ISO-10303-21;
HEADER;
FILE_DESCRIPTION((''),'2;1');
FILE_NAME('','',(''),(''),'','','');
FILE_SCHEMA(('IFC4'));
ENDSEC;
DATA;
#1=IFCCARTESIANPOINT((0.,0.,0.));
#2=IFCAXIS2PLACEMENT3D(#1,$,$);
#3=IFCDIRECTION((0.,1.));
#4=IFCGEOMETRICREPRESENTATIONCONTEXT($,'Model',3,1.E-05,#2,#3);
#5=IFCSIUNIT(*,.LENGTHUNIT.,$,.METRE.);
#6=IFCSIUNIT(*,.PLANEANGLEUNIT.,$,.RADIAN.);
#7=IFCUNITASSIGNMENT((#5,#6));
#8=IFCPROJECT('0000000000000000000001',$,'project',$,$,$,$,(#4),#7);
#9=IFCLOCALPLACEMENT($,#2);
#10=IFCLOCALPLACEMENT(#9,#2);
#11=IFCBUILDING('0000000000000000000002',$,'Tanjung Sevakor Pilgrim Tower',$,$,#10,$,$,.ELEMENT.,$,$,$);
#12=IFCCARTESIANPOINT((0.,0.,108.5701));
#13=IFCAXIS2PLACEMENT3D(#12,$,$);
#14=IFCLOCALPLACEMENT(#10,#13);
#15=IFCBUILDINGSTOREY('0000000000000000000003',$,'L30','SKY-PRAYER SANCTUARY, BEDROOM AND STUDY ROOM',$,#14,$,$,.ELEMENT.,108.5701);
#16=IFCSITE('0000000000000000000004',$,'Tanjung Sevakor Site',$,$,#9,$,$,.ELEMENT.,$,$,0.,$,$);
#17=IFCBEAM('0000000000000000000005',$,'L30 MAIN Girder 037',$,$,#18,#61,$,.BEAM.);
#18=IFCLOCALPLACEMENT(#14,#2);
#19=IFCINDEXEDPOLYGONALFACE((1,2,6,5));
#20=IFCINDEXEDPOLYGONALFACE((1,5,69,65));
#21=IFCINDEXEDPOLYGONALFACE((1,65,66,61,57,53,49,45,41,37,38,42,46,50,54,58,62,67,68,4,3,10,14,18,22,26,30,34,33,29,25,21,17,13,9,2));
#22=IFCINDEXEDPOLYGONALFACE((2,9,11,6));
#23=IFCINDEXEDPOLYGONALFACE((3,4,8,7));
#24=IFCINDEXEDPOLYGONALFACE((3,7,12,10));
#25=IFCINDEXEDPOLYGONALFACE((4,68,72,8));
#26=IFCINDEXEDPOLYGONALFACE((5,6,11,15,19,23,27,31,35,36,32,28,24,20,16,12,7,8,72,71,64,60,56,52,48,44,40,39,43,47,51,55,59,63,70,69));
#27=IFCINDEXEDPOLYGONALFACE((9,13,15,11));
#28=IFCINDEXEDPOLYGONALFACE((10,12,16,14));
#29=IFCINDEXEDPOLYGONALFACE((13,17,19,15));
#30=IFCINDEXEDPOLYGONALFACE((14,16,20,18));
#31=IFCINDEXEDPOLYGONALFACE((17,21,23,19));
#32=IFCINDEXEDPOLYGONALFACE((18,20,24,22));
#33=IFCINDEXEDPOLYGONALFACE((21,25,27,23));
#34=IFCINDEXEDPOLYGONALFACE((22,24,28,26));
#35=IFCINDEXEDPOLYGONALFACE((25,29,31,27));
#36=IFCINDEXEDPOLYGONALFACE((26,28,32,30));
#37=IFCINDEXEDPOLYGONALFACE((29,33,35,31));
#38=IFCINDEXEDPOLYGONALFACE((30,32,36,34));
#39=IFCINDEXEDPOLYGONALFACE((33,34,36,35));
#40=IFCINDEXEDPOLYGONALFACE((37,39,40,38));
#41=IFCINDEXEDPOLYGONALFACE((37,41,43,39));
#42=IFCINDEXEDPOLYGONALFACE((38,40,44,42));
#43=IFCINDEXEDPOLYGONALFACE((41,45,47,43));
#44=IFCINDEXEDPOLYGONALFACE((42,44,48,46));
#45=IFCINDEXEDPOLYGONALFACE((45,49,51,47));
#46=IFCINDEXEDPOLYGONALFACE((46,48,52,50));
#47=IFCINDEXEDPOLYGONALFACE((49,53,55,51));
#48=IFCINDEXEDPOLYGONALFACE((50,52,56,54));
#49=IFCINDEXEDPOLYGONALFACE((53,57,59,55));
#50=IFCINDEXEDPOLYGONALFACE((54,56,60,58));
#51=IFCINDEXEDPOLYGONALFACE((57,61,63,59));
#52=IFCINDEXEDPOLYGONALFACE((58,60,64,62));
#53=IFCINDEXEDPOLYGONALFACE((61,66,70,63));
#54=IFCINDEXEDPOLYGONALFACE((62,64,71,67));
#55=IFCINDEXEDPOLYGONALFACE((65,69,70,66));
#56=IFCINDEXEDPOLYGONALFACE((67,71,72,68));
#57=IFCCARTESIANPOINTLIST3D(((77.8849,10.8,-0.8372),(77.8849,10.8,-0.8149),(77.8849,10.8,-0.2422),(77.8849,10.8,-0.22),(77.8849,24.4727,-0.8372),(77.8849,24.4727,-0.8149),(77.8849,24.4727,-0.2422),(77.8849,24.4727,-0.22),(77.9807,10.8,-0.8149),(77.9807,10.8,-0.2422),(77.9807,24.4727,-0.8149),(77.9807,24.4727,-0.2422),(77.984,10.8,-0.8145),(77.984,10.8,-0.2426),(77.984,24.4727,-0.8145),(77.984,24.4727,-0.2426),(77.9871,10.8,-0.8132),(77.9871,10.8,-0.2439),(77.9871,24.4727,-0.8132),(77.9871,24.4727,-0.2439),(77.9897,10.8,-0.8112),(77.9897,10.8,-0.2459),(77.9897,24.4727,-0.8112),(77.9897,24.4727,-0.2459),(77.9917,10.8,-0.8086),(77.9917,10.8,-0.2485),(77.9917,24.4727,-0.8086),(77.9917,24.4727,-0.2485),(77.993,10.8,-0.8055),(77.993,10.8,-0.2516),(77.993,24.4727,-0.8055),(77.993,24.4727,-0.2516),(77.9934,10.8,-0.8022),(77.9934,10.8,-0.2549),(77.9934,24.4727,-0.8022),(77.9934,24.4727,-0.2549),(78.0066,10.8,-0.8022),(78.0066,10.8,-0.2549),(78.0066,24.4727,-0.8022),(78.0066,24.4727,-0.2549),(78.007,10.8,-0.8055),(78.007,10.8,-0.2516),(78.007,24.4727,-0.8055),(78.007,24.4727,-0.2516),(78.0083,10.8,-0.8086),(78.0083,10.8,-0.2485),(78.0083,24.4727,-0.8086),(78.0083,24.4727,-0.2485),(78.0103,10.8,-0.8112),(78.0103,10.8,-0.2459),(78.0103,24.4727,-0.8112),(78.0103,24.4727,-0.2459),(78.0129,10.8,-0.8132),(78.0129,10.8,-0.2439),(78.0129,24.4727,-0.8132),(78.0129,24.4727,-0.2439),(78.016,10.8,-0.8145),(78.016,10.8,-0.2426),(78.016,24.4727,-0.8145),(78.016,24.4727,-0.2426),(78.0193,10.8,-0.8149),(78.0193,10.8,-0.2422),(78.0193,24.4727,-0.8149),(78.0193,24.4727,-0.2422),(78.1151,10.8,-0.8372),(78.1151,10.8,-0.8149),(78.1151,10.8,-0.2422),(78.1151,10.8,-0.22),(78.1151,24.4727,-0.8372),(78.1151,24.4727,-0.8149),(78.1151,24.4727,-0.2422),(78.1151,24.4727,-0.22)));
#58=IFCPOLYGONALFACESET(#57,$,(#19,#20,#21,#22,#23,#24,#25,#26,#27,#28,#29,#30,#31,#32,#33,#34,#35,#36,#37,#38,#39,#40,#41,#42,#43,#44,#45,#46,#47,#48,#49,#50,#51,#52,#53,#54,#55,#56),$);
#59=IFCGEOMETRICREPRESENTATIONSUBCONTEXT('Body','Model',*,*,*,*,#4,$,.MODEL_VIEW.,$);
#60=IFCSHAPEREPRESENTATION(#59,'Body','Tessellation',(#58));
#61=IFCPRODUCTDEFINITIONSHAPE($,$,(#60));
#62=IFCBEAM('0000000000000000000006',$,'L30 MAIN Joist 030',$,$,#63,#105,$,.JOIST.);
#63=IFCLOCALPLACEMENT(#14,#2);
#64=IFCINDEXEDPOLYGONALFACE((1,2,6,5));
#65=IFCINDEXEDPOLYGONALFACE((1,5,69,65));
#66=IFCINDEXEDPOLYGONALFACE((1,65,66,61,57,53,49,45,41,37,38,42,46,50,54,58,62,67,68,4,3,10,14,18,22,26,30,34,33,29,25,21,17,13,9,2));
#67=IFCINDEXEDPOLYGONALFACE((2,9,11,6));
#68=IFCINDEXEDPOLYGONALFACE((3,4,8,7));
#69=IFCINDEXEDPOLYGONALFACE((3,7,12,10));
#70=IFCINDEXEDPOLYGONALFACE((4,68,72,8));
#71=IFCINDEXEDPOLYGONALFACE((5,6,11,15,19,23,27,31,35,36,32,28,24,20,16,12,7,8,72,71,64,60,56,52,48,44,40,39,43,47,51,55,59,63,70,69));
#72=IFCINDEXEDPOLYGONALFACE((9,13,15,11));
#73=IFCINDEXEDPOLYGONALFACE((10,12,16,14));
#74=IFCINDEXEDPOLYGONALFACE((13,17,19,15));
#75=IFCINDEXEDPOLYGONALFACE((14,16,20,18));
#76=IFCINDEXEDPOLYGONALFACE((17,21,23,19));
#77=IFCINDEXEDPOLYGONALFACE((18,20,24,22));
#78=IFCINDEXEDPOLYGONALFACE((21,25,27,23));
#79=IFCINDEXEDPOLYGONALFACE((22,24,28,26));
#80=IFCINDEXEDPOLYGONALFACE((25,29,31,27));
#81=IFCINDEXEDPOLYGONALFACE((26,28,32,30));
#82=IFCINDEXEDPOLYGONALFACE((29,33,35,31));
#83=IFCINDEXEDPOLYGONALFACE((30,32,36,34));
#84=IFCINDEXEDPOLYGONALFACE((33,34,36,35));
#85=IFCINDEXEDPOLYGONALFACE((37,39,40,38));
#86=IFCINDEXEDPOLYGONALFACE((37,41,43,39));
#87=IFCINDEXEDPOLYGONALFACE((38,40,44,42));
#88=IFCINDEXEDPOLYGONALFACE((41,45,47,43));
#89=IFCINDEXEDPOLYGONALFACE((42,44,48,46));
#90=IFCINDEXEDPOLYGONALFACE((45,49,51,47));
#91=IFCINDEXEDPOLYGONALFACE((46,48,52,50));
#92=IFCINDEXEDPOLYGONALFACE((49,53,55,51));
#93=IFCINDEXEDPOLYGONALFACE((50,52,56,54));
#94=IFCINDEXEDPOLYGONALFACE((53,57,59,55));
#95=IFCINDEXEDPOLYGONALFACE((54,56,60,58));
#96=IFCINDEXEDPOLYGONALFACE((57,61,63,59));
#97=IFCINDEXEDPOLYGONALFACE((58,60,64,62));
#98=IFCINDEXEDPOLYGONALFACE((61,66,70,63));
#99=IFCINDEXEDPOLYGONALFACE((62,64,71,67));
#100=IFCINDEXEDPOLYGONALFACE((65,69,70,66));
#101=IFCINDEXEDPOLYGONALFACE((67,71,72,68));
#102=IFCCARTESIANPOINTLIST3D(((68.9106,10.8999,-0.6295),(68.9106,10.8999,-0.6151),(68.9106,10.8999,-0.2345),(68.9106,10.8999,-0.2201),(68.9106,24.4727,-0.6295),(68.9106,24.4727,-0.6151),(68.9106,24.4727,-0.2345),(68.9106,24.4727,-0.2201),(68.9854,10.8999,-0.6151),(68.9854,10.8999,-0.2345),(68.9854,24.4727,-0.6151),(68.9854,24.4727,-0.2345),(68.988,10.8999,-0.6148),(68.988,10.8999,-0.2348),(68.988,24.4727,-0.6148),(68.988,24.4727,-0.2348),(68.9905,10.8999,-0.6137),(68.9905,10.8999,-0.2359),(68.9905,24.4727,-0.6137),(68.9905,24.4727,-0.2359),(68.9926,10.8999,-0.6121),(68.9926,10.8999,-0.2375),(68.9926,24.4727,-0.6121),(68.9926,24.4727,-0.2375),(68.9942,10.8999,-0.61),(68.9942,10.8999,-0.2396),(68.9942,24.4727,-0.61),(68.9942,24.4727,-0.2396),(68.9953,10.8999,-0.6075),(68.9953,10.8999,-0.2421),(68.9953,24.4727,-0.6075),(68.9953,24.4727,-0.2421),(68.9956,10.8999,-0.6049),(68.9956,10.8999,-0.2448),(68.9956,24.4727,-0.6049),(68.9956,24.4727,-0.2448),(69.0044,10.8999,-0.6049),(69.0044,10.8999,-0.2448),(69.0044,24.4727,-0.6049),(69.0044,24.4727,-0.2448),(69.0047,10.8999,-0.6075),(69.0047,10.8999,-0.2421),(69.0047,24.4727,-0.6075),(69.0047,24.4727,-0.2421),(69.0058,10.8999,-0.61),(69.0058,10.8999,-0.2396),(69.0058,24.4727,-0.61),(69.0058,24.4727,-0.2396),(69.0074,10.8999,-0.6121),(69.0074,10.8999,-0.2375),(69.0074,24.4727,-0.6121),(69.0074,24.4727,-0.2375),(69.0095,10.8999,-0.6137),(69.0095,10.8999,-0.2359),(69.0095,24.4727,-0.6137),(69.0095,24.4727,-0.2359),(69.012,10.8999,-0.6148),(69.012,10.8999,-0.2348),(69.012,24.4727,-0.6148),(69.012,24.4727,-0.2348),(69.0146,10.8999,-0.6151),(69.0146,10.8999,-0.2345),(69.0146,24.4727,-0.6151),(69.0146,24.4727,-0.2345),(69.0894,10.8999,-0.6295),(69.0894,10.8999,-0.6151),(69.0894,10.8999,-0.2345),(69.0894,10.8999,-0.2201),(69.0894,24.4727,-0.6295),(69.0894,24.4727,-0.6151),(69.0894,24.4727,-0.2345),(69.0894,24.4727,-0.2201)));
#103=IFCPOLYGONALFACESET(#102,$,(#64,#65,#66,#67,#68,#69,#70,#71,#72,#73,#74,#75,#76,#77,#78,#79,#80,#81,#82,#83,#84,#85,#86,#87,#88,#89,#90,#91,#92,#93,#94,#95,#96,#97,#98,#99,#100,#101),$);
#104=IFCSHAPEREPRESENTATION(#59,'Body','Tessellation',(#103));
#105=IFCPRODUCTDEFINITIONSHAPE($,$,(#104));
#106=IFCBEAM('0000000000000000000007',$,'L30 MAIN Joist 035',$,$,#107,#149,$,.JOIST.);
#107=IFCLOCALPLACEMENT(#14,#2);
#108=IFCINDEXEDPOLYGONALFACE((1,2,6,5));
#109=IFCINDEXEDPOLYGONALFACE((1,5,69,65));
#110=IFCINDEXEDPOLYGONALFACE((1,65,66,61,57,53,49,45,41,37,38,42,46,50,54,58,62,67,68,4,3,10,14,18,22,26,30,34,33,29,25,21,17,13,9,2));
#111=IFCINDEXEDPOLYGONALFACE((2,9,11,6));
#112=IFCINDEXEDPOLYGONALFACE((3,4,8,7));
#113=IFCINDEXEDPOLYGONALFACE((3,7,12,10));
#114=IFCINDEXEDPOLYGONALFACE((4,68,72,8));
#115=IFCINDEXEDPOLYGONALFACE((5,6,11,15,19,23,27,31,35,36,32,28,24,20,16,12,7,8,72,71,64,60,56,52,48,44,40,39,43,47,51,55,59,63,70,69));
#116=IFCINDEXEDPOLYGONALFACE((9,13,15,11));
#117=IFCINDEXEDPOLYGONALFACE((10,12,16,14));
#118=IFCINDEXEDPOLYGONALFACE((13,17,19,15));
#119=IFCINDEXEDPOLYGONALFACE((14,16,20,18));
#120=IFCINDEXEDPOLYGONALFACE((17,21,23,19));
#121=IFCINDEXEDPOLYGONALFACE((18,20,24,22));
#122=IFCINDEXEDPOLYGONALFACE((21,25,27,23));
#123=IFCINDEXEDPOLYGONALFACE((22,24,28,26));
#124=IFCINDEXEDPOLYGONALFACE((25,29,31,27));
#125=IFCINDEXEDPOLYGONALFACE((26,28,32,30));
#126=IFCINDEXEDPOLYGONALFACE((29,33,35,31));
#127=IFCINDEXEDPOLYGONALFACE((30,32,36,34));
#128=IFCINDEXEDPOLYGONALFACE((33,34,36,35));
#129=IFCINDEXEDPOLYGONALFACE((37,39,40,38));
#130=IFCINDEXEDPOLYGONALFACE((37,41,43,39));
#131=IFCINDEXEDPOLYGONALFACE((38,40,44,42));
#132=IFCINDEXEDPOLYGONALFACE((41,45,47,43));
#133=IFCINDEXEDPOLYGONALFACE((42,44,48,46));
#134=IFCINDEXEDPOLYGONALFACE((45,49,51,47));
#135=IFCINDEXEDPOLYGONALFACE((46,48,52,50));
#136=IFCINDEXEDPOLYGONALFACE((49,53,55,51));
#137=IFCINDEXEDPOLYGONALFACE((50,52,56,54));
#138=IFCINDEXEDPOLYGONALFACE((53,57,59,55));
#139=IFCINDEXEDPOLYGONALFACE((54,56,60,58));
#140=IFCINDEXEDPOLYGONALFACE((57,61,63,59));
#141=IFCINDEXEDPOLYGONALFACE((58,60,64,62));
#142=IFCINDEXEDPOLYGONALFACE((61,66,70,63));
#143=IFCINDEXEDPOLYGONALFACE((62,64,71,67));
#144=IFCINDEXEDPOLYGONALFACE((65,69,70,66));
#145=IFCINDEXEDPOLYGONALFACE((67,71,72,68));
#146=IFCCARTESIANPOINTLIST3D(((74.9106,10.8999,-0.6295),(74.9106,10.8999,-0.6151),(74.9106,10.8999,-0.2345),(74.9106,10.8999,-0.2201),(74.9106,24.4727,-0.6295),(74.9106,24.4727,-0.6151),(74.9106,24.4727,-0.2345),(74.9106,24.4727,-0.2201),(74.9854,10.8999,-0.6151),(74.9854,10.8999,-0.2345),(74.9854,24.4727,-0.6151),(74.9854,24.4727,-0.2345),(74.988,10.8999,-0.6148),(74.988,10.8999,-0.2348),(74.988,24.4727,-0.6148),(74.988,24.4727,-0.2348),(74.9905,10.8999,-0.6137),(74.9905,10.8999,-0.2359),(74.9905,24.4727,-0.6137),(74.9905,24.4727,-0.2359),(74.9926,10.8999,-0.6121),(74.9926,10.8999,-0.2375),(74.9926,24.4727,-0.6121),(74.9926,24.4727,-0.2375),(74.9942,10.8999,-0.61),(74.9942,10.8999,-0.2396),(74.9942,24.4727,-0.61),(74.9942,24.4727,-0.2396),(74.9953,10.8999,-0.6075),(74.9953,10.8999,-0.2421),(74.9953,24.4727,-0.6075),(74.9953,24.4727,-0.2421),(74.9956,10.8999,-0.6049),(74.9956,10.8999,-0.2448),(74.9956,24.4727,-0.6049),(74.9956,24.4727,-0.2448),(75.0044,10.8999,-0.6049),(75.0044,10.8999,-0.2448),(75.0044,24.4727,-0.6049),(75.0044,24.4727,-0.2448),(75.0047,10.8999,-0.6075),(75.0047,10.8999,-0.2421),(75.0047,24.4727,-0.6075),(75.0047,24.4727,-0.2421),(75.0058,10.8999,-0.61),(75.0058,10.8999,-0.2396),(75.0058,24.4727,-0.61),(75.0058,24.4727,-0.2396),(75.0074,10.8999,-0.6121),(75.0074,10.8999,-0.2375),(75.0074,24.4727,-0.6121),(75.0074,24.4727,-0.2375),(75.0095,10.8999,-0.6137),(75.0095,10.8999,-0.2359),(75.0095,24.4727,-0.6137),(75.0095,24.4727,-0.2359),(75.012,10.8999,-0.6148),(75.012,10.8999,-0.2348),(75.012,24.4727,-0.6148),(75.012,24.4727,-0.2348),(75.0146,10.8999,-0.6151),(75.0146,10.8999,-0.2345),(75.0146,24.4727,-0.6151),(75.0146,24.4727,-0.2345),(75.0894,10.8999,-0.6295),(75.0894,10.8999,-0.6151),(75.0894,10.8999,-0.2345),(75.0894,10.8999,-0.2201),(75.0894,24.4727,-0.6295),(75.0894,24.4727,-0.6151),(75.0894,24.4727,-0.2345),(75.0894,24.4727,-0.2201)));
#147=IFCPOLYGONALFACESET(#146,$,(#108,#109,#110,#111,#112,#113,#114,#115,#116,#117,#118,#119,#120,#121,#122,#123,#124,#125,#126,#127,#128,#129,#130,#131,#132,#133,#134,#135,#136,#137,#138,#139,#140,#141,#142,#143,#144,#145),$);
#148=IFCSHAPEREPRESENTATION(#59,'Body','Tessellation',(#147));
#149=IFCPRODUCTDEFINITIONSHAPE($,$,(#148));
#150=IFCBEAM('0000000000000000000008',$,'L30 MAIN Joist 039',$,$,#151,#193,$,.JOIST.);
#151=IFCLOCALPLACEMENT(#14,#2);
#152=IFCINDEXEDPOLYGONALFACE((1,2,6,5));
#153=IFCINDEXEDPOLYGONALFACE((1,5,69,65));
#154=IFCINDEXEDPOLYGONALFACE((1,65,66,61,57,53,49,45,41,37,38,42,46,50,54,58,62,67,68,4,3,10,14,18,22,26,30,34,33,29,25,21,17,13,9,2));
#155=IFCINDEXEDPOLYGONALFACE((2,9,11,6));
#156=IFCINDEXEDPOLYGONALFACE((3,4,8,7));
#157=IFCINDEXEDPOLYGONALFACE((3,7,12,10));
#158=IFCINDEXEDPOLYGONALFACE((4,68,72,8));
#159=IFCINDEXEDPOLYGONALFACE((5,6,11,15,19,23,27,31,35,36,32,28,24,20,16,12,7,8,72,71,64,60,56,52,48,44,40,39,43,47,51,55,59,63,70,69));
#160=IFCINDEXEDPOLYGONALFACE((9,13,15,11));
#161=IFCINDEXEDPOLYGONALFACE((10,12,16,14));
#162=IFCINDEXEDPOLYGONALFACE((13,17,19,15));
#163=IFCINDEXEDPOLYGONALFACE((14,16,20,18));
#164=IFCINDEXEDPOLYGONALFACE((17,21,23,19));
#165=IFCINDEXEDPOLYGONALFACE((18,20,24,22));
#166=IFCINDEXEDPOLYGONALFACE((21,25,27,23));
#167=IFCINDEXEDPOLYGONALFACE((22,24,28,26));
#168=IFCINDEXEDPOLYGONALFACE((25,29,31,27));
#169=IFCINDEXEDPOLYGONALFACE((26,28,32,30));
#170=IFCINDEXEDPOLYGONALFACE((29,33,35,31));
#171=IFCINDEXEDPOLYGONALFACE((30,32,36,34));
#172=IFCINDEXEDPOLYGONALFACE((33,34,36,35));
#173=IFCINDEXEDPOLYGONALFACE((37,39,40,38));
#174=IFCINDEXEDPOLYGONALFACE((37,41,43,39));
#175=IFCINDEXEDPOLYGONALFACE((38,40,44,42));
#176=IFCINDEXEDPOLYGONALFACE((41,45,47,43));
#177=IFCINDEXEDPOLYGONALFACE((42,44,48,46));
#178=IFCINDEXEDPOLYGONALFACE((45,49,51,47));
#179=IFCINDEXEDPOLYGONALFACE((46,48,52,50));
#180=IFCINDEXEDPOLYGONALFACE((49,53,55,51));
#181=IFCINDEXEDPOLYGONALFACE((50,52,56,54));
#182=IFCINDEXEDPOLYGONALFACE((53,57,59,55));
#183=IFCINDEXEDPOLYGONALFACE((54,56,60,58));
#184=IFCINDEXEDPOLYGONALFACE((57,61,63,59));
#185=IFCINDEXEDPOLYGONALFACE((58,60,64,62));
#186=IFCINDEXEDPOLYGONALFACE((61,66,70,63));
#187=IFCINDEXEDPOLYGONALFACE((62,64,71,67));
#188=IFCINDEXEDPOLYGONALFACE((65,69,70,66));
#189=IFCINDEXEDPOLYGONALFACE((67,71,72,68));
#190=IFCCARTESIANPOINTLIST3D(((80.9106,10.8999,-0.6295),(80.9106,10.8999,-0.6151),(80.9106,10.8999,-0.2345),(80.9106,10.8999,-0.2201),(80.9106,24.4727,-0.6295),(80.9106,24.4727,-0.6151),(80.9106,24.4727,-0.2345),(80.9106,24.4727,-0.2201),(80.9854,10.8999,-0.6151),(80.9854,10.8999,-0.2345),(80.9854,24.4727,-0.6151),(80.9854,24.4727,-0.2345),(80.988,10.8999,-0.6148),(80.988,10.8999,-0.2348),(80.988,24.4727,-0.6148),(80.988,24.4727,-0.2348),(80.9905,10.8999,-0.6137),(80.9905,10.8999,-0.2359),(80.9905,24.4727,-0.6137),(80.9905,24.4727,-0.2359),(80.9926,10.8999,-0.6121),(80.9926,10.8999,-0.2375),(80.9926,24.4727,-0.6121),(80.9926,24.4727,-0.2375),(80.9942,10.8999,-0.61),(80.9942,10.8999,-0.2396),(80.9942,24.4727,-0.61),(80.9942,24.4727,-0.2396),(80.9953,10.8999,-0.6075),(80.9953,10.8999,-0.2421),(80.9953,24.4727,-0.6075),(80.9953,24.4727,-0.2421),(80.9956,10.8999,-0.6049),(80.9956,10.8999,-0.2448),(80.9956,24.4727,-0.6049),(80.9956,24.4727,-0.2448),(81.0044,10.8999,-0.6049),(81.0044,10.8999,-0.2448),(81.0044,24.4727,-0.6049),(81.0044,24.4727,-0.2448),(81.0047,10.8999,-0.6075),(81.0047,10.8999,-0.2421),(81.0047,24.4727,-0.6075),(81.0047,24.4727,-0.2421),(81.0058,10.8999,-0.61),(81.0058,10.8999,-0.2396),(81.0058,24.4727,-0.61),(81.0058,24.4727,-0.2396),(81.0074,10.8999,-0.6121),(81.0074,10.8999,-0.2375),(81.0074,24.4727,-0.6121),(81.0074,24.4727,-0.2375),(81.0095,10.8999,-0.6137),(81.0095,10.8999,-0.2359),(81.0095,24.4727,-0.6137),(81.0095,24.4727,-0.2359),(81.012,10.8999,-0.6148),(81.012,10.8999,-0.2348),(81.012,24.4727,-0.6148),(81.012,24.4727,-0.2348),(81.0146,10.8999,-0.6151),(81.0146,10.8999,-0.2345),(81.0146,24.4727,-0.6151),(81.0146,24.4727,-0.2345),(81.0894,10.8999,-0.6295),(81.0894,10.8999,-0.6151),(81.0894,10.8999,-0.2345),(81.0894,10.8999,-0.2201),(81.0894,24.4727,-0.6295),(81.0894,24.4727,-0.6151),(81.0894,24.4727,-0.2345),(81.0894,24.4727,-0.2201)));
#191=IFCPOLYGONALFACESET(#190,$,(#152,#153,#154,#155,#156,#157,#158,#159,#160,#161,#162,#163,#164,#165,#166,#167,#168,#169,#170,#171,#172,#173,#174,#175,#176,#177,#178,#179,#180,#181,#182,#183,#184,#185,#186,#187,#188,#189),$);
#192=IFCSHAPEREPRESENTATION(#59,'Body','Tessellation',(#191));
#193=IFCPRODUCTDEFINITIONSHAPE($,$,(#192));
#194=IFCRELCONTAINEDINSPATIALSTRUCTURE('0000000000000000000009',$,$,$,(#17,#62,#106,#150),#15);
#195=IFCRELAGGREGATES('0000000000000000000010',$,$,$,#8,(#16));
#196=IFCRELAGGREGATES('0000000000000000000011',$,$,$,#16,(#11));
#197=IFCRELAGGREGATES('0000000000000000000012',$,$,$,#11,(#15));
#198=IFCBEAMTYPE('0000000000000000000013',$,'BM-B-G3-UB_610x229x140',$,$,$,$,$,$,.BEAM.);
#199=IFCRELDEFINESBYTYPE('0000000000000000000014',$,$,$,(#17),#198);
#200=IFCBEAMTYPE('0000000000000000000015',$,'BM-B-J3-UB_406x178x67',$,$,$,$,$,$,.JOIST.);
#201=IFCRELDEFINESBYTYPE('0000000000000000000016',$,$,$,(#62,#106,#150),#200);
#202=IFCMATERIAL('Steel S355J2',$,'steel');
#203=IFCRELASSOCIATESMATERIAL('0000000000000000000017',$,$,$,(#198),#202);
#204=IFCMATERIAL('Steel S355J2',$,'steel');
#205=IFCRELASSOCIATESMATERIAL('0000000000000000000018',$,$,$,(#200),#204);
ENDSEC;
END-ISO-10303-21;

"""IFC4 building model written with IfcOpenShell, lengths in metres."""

from ifc_helpers import new_model, si_unit, direction, frame, origin, origin_2d, place, context, subcontext, project, spatial, i_section, extrude, material, material_profile, profile_set, type_object, element, save


model = new_model("IFC4")

# Units and contexts
model_context = context("Model", 3, precision=1e-05, world=origin(), true_north=direction((0.0, 1.0)))
body_context = subcontext(model_context, "Body", "Model", "MODEL_VIEW")
ifc_project = project(units=[si_unit("LENGTHUNIT", "METRE"), si_unit("PLANEANGLEUNIT", "RADIAN")], contexts=[model_context])

# Site, building, storey
site_placement = place(None, origin())
site = spatial("IfcSite", under=ifc_project, at=site_placement, Name="Tanjung Sevakor Site", CompositionType="ELEMENT", RefElevation=0.0)
building_placement = place(site_placement, origin())
building = spatial("IfcBuilding", under=site, at=building_placement, Name="Tanjung Sevakor Pilgrim Tower", CompositionType="ELEMENT")
storey_placement = place(building_placement, frame((0.0, 0.0, 108.5701)))
storey = spatial("IfcBuildingStorey", under=building, at=storey_placement, Name="L30", Description="SKY-PRAYER SANCTUARY, BEDROOM AND STUDY ROOM", CompositionType="ELEMENT", Elevation=108.5701)

# Beams
ifc_material_1 = material(Name="Steel S355J2", Category="steel")
ifc_material_profile_1 = material_profile(ifc_material_1, i_section(OverallWidth=0.2302, OverallDepth=0.6172, WebThickness=0.0132, FlangeThickness=0.0222, FilletRadius=0.0127, at=origin_2d()))
ifc_profile_set_1 = profile_set([ifc_material_profile_1], Name="Steel S355J2")
beam_type_1 = type_object("IfcBeamType", Name="BM-B-G3-UB_610x229x140", PredefinedType="BEAM", material=ifc_profile_set_1)
beam_1_placement = place(storey_placement, frame((78.0, 10.8, -0.5286), z_axis=(0.0, 1.0, 0.0), x_axis=(-1.0, 0.0, 0.0)))
element("IfcBeam", 1, at=beam_1_placement, inside=storey, type_object=beam_type_1, Name="L30 MAIN Girder 037", PredefinedType="BEAM", context=body_context, shape_type="SweptSolid", body=[
    extrude(i_section(OverallWidth=0.2302, OverallDepth=0.6172, WebThickness=0.0132, FlangeThickness=0.0222, FilletRadius=0.0127, at=origin_2d()), origin(), (0.0, 0.0, 1.0), 13.6726),
])
ifc_material_2 = material(Name="Steel S355J2", Category="steel")
ifc_material_profile_2 = material_profile(ifc_material_2, i_section(OverallWidth=0.1787, OverallDepth=0.4094, WebThickness=0.0088, FlangeThickness=0.0144, FilletRadius=0.0103, at=origin_2d()))
ifc_profile_set_2 = profile_set([ifc_material_profile_2], Name="Steel S355J2")
beam_type_2 = type_object("IfcBeamType", Name="BM-B-J3-UB_406x178x67", PredefinedType="JOIST", material=ifc_profile_set_2)
for number, where, z_axis, x_axis, name in (
    (2, (69.0, 10.8999, -0.4248), (0.0, 1.0, 0.0), (-1.0, 0.0, 0.0), "L30 MAIN Joist 030"),
    (3, (75.0, 10.8999, -0.4248), (0.0, 1.0, 0.0), (-1.0, 0.0, 0.0), "L30 MAIN Joist 035"),
    (4, (81.0, 10.8999, -0.4248), (0.0, 1.0, 0.0), (-1.0, 0.0, 0.0), "L30 MAIN Joist 039"),
):
    element("IfcBeam", number, at=place(storey_placement, frame(where, z_axis=z_axis, x_axis=x_axis)), inside=storey, type_object=beam_type_2, Name=name, PredefinedType="JOIST", context=body_context, shape_type="SweptSolid", body=[
        extrude(i_section(OverallWidth=0.1787, OverallDepth=0.4094, WebThickness=0.0088, FlangeThickness=0.0144, FilletRadius=0.0103, at=origin_2d()), origin(), (0.0, 0.0, 1.0), 13.5728),
    ])

save(model, "model.ifc")
